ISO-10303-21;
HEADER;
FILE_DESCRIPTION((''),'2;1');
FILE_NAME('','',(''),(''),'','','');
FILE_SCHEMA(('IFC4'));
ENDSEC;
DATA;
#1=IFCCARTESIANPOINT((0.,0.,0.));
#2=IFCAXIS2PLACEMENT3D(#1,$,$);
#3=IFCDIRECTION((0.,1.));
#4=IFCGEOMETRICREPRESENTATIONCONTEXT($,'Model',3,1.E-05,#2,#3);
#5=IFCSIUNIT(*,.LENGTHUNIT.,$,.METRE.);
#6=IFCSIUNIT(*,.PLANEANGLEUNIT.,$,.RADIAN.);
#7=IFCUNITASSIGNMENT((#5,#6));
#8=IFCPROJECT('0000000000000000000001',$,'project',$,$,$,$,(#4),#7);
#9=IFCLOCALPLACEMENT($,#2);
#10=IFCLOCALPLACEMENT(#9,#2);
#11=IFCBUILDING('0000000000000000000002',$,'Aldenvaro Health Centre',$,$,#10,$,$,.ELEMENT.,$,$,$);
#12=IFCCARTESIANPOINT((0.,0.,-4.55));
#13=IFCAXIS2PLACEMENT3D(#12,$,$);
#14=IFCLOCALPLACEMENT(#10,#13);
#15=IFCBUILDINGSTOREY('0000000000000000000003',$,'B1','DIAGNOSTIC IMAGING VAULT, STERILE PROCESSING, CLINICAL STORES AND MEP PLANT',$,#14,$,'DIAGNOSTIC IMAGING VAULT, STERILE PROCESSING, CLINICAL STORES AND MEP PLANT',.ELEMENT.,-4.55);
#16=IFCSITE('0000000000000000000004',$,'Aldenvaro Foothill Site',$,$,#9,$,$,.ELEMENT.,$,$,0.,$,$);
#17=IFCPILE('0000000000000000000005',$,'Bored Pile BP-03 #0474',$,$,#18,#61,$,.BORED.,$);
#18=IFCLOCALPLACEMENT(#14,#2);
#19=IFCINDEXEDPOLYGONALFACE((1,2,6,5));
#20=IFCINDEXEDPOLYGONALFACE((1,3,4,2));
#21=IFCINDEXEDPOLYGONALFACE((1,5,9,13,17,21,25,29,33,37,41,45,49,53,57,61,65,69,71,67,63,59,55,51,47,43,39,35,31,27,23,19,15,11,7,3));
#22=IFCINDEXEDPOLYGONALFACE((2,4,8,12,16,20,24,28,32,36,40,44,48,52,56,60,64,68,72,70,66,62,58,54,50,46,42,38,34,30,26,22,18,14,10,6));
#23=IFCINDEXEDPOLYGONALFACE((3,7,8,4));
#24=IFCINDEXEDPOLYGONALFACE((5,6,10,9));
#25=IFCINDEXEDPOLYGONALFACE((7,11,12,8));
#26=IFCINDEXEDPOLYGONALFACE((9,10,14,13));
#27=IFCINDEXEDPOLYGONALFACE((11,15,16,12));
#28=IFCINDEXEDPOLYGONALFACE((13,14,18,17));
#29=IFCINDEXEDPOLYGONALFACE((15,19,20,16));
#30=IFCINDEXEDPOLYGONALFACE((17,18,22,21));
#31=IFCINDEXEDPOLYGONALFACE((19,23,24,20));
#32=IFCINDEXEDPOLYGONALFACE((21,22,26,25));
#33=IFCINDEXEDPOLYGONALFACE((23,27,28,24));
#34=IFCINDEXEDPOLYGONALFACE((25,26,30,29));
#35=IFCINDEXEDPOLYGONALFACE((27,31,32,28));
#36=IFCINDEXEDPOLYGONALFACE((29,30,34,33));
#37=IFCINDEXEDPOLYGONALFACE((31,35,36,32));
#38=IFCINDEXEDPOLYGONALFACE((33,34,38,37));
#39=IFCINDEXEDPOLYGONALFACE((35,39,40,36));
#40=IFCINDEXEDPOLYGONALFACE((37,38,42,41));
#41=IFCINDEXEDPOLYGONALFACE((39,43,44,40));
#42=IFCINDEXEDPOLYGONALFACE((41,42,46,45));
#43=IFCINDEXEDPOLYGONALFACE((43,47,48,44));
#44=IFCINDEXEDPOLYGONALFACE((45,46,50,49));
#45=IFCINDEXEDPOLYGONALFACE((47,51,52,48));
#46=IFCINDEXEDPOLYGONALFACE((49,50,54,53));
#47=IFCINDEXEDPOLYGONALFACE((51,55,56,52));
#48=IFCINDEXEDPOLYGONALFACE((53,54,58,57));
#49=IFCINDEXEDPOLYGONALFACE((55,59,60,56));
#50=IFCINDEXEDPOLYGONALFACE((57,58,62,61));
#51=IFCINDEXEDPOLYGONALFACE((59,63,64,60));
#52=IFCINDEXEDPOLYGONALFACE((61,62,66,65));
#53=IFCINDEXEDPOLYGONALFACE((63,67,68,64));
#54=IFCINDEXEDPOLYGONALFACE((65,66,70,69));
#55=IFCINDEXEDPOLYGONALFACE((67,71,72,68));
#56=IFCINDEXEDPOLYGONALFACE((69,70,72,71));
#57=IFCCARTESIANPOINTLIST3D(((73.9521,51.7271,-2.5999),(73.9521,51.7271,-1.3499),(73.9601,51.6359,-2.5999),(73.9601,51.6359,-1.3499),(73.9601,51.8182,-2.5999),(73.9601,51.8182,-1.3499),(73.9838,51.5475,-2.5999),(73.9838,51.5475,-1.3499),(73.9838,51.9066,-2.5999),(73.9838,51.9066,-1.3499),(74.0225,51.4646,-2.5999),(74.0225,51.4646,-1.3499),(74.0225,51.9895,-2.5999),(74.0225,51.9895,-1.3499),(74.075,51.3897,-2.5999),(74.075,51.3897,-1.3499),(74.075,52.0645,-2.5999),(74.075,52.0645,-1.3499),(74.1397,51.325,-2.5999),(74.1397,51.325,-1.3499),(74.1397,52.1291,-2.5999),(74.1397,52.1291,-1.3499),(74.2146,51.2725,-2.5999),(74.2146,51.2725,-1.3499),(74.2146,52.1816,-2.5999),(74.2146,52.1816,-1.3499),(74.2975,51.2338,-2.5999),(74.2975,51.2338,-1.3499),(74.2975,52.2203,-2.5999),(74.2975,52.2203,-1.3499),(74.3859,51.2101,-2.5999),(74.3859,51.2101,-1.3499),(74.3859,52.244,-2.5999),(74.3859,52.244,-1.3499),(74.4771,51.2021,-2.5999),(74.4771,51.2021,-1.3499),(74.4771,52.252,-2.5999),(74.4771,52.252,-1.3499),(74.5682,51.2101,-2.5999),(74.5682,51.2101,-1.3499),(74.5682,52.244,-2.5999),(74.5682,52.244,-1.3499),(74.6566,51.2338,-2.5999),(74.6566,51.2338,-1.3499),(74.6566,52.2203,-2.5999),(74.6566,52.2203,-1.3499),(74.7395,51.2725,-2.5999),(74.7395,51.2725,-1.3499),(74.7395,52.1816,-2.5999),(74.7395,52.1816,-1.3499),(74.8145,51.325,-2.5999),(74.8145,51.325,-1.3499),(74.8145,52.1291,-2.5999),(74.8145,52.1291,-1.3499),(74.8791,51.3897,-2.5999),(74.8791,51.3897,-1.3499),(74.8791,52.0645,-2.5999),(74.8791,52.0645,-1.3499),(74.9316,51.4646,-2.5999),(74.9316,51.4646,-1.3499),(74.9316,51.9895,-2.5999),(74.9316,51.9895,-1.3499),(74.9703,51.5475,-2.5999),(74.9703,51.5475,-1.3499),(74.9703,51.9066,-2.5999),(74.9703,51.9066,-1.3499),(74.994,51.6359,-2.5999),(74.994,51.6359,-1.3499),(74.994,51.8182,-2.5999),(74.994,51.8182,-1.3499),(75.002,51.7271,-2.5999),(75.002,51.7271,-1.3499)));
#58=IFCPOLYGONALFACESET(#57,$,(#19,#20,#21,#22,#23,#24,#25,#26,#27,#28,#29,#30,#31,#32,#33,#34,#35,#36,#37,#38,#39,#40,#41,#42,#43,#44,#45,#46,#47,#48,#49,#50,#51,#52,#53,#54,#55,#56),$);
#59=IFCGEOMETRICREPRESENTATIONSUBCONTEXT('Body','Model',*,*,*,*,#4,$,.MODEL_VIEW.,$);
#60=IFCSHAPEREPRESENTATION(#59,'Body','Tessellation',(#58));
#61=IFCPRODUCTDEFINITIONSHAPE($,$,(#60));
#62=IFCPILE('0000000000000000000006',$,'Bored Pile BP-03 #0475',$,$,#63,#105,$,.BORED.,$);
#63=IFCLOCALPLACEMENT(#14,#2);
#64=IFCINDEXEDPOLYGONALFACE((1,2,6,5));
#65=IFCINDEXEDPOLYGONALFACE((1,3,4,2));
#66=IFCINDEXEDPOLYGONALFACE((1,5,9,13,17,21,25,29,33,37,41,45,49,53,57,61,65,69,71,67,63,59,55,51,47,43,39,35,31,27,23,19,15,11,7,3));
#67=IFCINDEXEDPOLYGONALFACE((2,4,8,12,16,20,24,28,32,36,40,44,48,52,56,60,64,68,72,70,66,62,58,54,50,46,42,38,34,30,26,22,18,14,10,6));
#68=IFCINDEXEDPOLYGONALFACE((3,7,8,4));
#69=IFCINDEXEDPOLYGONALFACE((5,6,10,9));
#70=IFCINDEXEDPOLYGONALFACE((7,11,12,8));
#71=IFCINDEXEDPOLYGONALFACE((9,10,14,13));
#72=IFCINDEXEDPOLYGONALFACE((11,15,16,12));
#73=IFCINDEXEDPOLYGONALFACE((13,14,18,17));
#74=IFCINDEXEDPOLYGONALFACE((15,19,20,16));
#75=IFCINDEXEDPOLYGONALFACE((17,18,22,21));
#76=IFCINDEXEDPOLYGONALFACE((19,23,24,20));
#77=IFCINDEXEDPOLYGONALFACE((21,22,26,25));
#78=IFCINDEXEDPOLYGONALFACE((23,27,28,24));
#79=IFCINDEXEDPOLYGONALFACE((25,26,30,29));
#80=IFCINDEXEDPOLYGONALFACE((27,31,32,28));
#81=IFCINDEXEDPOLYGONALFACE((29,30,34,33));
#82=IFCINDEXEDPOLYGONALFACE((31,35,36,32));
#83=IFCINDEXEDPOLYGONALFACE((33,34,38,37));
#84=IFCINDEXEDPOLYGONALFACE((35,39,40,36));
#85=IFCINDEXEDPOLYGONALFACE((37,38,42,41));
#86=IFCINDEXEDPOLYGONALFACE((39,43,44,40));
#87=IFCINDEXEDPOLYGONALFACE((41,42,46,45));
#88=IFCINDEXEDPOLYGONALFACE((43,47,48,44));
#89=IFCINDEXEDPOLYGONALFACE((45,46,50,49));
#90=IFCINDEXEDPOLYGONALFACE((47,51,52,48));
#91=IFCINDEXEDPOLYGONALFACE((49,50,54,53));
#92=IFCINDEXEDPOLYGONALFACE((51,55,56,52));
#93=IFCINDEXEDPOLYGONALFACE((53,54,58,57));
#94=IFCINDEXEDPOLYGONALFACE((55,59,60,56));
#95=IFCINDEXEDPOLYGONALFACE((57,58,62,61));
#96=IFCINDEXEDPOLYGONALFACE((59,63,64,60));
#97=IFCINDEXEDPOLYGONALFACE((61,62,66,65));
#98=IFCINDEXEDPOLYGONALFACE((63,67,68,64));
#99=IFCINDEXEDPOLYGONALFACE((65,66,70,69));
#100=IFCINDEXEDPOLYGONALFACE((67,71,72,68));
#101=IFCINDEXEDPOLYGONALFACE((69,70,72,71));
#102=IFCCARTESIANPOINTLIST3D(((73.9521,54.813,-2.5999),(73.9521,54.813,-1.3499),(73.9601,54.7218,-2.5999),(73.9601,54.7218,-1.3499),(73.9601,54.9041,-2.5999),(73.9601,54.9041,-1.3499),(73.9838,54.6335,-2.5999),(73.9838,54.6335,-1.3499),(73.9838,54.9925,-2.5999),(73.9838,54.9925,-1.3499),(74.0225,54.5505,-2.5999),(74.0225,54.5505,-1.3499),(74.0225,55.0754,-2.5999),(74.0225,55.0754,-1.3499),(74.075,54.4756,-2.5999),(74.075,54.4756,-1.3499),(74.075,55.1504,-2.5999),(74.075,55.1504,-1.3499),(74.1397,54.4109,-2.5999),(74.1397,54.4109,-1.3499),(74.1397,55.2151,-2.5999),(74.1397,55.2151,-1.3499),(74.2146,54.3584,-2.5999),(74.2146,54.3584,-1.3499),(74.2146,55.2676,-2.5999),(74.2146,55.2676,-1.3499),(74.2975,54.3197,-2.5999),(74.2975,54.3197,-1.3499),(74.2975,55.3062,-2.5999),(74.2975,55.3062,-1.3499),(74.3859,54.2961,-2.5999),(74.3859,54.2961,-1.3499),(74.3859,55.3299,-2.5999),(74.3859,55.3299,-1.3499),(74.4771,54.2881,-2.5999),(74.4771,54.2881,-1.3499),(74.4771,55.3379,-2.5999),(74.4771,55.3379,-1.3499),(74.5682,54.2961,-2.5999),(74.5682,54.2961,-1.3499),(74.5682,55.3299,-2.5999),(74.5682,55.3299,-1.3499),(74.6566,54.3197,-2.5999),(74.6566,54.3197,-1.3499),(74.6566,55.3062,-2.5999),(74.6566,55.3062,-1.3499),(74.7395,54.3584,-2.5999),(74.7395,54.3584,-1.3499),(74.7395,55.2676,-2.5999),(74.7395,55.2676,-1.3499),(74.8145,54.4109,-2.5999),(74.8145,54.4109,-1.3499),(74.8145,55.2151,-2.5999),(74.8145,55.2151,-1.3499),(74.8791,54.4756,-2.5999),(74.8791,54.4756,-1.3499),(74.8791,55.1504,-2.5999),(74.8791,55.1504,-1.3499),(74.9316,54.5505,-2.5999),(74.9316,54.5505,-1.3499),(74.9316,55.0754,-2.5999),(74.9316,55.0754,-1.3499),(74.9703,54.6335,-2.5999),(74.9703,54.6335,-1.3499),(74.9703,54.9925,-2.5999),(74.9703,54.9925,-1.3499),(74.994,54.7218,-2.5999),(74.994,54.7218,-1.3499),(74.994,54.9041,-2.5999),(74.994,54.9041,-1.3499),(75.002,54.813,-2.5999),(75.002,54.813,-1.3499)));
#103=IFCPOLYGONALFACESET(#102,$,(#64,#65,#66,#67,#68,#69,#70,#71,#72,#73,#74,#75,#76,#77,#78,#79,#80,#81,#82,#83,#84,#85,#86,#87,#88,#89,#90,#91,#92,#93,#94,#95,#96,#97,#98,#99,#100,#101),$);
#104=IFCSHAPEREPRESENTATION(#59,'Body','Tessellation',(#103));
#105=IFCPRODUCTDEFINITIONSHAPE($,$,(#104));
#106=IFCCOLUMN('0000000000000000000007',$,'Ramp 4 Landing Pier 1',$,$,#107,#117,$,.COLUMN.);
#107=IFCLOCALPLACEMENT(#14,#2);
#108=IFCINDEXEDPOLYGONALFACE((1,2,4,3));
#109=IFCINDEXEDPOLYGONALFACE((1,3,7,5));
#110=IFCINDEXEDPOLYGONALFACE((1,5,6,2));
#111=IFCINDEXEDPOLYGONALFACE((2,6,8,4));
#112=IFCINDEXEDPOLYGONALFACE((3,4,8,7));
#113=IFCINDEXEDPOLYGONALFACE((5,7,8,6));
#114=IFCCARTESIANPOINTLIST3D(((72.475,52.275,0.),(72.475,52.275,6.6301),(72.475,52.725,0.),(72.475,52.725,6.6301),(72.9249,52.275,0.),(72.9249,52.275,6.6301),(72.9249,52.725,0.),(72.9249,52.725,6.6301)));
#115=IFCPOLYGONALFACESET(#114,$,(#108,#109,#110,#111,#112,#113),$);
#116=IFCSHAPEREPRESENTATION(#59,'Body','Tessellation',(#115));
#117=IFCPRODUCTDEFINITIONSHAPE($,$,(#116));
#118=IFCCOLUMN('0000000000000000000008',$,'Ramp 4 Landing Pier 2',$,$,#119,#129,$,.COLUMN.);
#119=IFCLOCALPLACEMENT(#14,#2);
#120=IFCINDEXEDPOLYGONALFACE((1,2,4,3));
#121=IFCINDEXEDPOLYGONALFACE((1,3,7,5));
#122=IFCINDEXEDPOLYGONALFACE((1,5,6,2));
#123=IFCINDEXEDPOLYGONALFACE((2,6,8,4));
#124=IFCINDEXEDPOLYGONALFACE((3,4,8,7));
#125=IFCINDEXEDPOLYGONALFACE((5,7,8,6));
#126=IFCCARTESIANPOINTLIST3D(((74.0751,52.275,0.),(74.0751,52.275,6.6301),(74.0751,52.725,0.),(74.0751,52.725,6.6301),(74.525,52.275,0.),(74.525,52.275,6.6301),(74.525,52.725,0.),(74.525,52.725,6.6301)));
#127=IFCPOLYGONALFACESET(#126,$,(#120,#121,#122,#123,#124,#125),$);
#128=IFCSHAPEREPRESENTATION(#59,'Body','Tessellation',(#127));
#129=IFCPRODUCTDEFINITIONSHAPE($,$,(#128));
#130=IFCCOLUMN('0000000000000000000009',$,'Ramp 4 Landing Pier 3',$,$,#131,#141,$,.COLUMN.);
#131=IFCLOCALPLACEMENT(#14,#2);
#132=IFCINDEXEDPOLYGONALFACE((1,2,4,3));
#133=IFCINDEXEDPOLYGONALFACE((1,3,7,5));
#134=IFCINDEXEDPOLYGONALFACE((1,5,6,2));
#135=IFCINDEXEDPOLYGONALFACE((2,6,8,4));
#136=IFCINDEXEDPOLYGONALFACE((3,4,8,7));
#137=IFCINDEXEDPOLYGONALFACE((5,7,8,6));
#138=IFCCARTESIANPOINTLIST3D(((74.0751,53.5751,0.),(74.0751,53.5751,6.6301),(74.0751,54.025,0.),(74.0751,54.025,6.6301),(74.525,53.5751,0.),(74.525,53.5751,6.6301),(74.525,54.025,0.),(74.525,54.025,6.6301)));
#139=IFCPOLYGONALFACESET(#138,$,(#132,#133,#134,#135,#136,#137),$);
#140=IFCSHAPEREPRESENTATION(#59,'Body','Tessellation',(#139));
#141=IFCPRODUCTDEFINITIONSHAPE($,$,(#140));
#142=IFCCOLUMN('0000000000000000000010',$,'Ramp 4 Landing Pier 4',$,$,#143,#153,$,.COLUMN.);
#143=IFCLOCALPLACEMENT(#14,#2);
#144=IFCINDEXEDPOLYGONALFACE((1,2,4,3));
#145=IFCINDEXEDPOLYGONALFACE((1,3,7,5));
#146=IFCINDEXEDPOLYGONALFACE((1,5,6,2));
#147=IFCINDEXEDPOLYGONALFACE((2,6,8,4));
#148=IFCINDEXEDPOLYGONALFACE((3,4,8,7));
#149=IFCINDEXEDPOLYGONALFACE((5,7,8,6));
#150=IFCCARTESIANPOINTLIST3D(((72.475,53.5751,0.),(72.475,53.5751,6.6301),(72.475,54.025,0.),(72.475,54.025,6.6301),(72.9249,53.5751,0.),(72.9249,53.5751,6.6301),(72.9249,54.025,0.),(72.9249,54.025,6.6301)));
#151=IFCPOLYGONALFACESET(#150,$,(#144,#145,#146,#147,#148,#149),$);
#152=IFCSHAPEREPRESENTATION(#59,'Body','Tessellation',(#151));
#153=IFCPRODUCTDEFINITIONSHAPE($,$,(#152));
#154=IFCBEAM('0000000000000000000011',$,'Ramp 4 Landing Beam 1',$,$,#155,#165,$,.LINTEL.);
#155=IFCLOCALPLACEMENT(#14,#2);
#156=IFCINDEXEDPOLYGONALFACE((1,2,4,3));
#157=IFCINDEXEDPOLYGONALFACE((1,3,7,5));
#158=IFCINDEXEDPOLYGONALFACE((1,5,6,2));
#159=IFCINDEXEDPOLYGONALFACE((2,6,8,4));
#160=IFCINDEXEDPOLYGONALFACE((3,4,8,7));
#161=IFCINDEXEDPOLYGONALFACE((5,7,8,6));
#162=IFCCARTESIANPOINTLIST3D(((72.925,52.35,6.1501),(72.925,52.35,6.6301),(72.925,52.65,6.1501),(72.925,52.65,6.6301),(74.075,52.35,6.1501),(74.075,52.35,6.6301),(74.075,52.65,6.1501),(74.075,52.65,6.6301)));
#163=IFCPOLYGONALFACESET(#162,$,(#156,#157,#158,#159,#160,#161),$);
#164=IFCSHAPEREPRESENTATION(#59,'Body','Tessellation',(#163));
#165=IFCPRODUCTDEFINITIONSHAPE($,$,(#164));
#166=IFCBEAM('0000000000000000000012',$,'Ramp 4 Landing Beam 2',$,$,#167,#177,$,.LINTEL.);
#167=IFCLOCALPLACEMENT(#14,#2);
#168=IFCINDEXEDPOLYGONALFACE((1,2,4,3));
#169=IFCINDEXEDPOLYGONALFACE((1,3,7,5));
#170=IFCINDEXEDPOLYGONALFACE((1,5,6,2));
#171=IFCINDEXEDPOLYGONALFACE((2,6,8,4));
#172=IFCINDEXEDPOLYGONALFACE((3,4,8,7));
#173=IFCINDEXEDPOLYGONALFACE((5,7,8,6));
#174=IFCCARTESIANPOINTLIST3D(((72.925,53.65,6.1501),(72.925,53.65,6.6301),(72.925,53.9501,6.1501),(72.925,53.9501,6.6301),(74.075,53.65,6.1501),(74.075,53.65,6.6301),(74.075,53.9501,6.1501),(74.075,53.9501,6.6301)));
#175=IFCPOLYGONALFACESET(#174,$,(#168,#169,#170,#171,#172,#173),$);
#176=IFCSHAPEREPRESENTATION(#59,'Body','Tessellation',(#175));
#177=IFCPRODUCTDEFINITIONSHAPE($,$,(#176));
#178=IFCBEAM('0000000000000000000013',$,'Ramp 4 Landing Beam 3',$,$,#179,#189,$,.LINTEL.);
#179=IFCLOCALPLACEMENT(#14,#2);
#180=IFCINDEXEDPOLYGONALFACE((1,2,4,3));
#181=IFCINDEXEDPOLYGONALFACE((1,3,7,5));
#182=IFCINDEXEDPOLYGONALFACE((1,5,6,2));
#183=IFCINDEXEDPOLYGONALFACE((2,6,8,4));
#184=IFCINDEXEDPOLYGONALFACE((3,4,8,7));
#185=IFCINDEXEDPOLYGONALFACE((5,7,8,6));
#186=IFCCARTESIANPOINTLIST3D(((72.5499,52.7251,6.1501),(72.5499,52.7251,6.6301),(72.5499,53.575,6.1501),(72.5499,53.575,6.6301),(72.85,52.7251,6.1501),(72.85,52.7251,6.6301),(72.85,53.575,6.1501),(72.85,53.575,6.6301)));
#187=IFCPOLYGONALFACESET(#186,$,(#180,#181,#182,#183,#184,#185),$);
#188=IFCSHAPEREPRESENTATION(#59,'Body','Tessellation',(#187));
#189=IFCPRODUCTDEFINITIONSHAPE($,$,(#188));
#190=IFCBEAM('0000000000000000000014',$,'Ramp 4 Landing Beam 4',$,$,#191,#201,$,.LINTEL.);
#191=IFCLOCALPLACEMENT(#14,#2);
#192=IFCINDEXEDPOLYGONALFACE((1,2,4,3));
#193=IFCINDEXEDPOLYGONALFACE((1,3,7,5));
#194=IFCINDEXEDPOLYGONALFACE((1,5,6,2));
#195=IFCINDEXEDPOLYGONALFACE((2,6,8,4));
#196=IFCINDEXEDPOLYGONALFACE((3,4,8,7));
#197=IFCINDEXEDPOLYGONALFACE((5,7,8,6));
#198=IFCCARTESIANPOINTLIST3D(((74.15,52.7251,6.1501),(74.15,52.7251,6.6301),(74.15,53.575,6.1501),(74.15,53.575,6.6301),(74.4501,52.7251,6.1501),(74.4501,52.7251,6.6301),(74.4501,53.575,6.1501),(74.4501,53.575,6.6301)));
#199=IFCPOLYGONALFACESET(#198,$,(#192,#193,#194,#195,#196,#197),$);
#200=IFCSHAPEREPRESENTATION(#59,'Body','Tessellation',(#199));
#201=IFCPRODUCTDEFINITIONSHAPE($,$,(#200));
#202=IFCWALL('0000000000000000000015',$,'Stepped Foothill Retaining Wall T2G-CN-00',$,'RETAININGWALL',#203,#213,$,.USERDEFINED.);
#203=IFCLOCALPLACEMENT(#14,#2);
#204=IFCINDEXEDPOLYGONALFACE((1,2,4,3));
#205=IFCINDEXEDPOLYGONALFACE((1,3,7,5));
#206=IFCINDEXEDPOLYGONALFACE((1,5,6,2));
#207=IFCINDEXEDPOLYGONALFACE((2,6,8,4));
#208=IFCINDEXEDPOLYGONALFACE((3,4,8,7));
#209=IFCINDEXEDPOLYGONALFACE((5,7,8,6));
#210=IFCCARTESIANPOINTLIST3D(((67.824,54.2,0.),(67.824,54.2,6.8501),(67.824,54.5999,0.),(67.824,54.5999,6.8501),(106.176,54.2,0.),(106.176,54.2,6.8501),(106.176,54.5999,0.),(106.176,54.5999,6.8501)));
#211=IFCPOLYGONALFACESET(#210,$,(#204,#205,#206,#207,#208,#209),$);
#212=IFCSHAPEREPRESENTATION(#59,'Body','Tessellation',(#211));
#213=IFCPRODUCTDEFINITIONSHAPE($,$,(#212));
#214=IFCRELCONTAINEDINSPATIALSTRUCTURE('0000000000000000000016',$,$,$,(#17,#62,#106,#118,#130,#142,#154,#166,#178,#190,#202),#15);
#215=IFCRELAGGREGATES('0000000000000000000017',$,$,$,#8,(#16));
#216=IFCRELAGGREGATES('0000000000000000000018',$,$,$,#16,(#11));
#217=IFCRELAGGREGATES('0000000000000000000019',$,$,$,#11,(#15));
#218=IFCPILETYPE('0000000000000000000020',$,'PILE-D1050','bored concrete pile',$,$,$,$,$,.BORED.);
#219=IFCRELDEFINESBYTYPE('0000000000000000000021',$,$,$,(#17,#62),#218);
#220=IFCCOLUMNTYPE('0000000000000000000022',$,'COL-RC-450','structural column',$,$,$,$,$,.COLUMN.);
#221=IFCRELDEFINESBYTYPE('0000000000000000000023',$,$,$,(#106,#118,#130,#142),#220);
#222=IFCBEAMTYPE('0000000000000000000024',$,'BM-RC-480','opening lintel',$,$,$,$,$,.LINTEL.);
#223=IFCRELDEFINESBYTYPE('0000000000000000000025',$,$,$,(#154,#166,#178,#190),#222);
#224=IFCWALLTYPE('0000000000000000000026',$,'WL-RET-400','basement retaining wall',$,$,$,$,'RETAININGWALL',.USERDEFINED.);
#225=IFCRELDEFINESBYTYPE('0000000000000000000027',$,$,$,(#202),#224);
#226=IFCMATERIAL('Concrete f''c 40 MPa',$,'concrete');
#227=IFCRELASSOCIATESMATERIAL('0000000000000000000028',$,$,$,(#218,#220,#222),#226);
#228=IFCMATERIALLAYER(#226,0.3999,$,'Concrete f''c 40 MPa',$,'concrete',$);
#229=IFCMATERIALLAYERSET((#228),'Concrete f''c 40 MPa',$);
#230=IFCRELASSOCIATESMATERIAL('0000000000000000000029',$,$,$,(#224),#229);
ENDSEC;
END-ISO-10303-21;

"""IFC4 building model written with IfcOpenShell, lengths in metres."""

from ifc_helpers import new_model, si_unit, direction, frame, frame_2d, origin, origin_2d, place, context, subcontext, project, spatial, rectangle, circle, extrude, material, layer, layer_set, material_profile, profile_set, type_object, element, save


model = new_model("IFC4")

# Units and contexts
model_context = context("Model", 3, precision=1e-05, world=origin(), true_north=direction((0.0, 1.0)))
body_context = subcontext(model_context, "Body", "Model", "MODEL_VIEW")
ifc_project = project(units=[si_unit("LENGTHUNIT", "METRE"), si_unit("PLANEANGLEUNIT", "RADIAN")], contexts=[model_context])

# Site, building, storey
site_placement = place(None, origin())
site = spatial("IfcSite", under=ifc_project, at=site_placement, Name="Aldenvaro Foothill Site", CompositionType="ELEMENT", RefElevation=0.0)
building_placement = place(site_placement, origin())
building = spatial("IfcBuilding", under=site, at=building_placement, Name="Aldenvaro Health Centre", CompositionType="ELEMENT")
storey_placement = place(building_placement, frame((0.0, 0.0, -4.55)))
storey = spatial("IfcBuildingStorey", under=building, at=storey_placement, Name="B1", Description="DIAGNOSTIC IMAGING VAULT, STERILE PROCESSING, CLINICAL STORES AND MEP PLANT", LongName="DIAGNOSTIC IMAGING VAULT, STERILE PROCESSING, CLINICAL STORES AND MEP PLANT", CompositionType="ELEMENT", Elevation=-4.55)

# Piles
ifc_material = material(Name="Concrete f'c 40 MPa", Category="concrete")
ifc_material_profile_1 = material_profile(ifc_material, circle(Radius=0.5249, at=origin_2d()), Name="PILE D1050", Category="concrete")
ifc_profile_set_1 = profile_set([ifc_material_profile_1], Name="Concrete f'c 40 MPa")
pile_type = type_object("IfcPileType", Name="PILE-D1050", Description="bored concrete pile", PredefinedType="BORED", material=ifc_profile_set_1)
for number, where, z_axis, x_axis, name in (
    (1, (74.4771, 51.7271, -1.3499), (0.0, 0.0, -1.0), (1.0, 0.0, 0.0), "Bored Pile BP-03 #0474"),
    (2, (74.4771, 54.813, -1.3499), (0.0, 0.0, -1.0), (1.0, 0.0, 0.0), "Bored Pile BP-03 #0475"),
):
    element("IfcPile", number, at=place(storey_placement, frame(where, z_axis=z_axis, x_axis=x_axis)), inside=storey, type_object=pile_type, Name=name, PredefinedType="BORED", context=body_context, shape_type="SweptSolid", body=[
        extrude(circle(Radius=0.5249, at=origin_2d()), origin(), (0.0, 0.0, 1.0), 1.25),
    ])

# Columns
ifc_material_profile_2 = material_profile(ifc_material, rectangle(XDim=0.45, YDim=0.45, at=origin_2d()), Name="RC 450x450", Category="concrete")
ifc_profile_set_2 = profile_set([ifc_material_profile_2], Name="Concrete f'c 40 MPa")
column_type = type_object("IfcColumnType", Name="COL-RC-450", Description="structural column", PredefinedType="COLUMN", material=ifc_profile_set_2)
for number, where, z_axis, x_axis, name in (
    (3, (72.7, 52.5, 0.0), (0.0, 0.0, 1.0), (1.0, 0.0, 0.0), "Ramp 4 Landing Pier 1"),
    (4, (74.3, 52.5, 0.0), (0.0, 0.0, 1.0), (1.0, 0.0, 0.0), "Ramp 4 Landing Pier 2"),
    (5, (74.3, 53.8, 0.0), (0.0, 0.0, 1.0), (1.0, 0.0, 0.0), "Ramp 4 Landing Pier 3"),
    (6, (72.7, 53.8, 0.0), (0.0, 0.0, 1.0), (1.0, 0.0, 0.0), "Ramp 4 Landing Pier 4"),
):
    element("IfcColumn", number, at=place(storey_placement, frame(where, z_axis=z_axis, x_axis=x_axis)), inside=storey, type_object=column_type, Name=name, PredefinedType="COLUMN", context=body_context, shape_type="SweptSolid", body=[
        extrude(rectangle(XDim=0.45, YDim=0.45, at=origin_2d()), origin(), (0.0, 0.0, 1.0), 6.6301),
    ])

# Beams
ifc_material_profile_3 = material_profile(ifc_material, rectangle(XDim=0.3, YDim=0.48, at=origin_2d()), Name="RC 300x480", Category="concrete")
ifc_profile_set_3 = profile_set([ifc_material_profile_3], Name="Concrete f'c 40 MPa")
beam_type = type_object("IfcBeamType", Name="BM-RC-480", Description="opening lintel", PredefinedType="LINTEL", material=ifc_profile_set_3)
for number, where, z_axis, x_axis, name in (
    (7, (72.925, 52.5, 6.3901), (1.0, 0.0, 0.0), (0.0, 1.0, 0.0), "Ramp 4 Landing Beam 1"),
    (8, (74.075, 53.8, 6.3901), (-1.0, 0.0, 0.0), (0.0, -1.0, 0.0), "Ramp 4 Landing Beam 2"),
):
    element("IfcBeam", number, at=place(storey_placement, frame(where, z_axis=z_axis, x_axis=x_axis)), inside=storey, type_object=beam_type, Name=name, PredefinedType="LINTEL", context=body_context, shape_type="SweptSolid", body=[
        extrude(rectangle(XDim=0.3, YDim=0.48, at=origin_2d()), origin(), (0.0, 0.0, 1.0), 1.1499),
    ])
for number, where, z_axis, x_axis, name in (
    (9, (72.7, 52.7251, 6.3901), (0.0, 1.0, 0.0), (-1.0, 0.0, 0.0), "Ramp 4 Landing Beam 3"),
    (10, (74.3, 52.7251, 6.3901), (0.0, 1.0, 0.0), (-1.0, 0.0, 0.0), "Ramp 4 Landing Beam 4"),
):
    element("IfcBeam", number, at=place(storey_placement, frame(where, z_axis=z_axis, x_axis=x_axis)), inside=storey, type_object=beam_type, Name=name, PredefinedType="LINTEL", context=body_context, shape_type="SweptSolid", body=[
        extrude(rectangle(XDim=0.3, YDim=0.48, at=origin_2d()), origin(), (0.0, 0.0, 1.0), 0.8499),
    ])

# Wall
ifc_layer = layer(ifc_material, 0.3999, Name="Concrete f'c 40 MPa", Category="concrete")
ifc_layer_set = layer_set([ifc_layer], Name="Concrete f'c 40 MPa")
wall_type = type_object("IfcWallType", Name="WL-RET-400", Description="basement retaining wall", ElementType="RETAININGWALL", PredefinedType="USERDEFINED", material=ifc_layer_set)
wall_placement = place(storey_placement, frame((67.824, 54.3999, 0.0), z_axis=(0.0, 0.0, 1.0), x_axis=(1.0, 0.0, 0.0)))
element("IfcWall", 11, at=wall_placement, inside=storey, type_object=wall_type, Name="Stepped Foothill Retaining Wall T2G-CN-00", ObjectType="RETAININGWALL", PredefinedType="USERDEFINED", context=body_context, shape_type="SweptSolid", body=[
    extrude(rectangle(XDim=38.3521, YDim=0.3999, at=frame_2d((19.176, 0.0))), origin(), (0.0, 0.0, 1.0), 6.8501),
])

save(model, "model.ifc")
